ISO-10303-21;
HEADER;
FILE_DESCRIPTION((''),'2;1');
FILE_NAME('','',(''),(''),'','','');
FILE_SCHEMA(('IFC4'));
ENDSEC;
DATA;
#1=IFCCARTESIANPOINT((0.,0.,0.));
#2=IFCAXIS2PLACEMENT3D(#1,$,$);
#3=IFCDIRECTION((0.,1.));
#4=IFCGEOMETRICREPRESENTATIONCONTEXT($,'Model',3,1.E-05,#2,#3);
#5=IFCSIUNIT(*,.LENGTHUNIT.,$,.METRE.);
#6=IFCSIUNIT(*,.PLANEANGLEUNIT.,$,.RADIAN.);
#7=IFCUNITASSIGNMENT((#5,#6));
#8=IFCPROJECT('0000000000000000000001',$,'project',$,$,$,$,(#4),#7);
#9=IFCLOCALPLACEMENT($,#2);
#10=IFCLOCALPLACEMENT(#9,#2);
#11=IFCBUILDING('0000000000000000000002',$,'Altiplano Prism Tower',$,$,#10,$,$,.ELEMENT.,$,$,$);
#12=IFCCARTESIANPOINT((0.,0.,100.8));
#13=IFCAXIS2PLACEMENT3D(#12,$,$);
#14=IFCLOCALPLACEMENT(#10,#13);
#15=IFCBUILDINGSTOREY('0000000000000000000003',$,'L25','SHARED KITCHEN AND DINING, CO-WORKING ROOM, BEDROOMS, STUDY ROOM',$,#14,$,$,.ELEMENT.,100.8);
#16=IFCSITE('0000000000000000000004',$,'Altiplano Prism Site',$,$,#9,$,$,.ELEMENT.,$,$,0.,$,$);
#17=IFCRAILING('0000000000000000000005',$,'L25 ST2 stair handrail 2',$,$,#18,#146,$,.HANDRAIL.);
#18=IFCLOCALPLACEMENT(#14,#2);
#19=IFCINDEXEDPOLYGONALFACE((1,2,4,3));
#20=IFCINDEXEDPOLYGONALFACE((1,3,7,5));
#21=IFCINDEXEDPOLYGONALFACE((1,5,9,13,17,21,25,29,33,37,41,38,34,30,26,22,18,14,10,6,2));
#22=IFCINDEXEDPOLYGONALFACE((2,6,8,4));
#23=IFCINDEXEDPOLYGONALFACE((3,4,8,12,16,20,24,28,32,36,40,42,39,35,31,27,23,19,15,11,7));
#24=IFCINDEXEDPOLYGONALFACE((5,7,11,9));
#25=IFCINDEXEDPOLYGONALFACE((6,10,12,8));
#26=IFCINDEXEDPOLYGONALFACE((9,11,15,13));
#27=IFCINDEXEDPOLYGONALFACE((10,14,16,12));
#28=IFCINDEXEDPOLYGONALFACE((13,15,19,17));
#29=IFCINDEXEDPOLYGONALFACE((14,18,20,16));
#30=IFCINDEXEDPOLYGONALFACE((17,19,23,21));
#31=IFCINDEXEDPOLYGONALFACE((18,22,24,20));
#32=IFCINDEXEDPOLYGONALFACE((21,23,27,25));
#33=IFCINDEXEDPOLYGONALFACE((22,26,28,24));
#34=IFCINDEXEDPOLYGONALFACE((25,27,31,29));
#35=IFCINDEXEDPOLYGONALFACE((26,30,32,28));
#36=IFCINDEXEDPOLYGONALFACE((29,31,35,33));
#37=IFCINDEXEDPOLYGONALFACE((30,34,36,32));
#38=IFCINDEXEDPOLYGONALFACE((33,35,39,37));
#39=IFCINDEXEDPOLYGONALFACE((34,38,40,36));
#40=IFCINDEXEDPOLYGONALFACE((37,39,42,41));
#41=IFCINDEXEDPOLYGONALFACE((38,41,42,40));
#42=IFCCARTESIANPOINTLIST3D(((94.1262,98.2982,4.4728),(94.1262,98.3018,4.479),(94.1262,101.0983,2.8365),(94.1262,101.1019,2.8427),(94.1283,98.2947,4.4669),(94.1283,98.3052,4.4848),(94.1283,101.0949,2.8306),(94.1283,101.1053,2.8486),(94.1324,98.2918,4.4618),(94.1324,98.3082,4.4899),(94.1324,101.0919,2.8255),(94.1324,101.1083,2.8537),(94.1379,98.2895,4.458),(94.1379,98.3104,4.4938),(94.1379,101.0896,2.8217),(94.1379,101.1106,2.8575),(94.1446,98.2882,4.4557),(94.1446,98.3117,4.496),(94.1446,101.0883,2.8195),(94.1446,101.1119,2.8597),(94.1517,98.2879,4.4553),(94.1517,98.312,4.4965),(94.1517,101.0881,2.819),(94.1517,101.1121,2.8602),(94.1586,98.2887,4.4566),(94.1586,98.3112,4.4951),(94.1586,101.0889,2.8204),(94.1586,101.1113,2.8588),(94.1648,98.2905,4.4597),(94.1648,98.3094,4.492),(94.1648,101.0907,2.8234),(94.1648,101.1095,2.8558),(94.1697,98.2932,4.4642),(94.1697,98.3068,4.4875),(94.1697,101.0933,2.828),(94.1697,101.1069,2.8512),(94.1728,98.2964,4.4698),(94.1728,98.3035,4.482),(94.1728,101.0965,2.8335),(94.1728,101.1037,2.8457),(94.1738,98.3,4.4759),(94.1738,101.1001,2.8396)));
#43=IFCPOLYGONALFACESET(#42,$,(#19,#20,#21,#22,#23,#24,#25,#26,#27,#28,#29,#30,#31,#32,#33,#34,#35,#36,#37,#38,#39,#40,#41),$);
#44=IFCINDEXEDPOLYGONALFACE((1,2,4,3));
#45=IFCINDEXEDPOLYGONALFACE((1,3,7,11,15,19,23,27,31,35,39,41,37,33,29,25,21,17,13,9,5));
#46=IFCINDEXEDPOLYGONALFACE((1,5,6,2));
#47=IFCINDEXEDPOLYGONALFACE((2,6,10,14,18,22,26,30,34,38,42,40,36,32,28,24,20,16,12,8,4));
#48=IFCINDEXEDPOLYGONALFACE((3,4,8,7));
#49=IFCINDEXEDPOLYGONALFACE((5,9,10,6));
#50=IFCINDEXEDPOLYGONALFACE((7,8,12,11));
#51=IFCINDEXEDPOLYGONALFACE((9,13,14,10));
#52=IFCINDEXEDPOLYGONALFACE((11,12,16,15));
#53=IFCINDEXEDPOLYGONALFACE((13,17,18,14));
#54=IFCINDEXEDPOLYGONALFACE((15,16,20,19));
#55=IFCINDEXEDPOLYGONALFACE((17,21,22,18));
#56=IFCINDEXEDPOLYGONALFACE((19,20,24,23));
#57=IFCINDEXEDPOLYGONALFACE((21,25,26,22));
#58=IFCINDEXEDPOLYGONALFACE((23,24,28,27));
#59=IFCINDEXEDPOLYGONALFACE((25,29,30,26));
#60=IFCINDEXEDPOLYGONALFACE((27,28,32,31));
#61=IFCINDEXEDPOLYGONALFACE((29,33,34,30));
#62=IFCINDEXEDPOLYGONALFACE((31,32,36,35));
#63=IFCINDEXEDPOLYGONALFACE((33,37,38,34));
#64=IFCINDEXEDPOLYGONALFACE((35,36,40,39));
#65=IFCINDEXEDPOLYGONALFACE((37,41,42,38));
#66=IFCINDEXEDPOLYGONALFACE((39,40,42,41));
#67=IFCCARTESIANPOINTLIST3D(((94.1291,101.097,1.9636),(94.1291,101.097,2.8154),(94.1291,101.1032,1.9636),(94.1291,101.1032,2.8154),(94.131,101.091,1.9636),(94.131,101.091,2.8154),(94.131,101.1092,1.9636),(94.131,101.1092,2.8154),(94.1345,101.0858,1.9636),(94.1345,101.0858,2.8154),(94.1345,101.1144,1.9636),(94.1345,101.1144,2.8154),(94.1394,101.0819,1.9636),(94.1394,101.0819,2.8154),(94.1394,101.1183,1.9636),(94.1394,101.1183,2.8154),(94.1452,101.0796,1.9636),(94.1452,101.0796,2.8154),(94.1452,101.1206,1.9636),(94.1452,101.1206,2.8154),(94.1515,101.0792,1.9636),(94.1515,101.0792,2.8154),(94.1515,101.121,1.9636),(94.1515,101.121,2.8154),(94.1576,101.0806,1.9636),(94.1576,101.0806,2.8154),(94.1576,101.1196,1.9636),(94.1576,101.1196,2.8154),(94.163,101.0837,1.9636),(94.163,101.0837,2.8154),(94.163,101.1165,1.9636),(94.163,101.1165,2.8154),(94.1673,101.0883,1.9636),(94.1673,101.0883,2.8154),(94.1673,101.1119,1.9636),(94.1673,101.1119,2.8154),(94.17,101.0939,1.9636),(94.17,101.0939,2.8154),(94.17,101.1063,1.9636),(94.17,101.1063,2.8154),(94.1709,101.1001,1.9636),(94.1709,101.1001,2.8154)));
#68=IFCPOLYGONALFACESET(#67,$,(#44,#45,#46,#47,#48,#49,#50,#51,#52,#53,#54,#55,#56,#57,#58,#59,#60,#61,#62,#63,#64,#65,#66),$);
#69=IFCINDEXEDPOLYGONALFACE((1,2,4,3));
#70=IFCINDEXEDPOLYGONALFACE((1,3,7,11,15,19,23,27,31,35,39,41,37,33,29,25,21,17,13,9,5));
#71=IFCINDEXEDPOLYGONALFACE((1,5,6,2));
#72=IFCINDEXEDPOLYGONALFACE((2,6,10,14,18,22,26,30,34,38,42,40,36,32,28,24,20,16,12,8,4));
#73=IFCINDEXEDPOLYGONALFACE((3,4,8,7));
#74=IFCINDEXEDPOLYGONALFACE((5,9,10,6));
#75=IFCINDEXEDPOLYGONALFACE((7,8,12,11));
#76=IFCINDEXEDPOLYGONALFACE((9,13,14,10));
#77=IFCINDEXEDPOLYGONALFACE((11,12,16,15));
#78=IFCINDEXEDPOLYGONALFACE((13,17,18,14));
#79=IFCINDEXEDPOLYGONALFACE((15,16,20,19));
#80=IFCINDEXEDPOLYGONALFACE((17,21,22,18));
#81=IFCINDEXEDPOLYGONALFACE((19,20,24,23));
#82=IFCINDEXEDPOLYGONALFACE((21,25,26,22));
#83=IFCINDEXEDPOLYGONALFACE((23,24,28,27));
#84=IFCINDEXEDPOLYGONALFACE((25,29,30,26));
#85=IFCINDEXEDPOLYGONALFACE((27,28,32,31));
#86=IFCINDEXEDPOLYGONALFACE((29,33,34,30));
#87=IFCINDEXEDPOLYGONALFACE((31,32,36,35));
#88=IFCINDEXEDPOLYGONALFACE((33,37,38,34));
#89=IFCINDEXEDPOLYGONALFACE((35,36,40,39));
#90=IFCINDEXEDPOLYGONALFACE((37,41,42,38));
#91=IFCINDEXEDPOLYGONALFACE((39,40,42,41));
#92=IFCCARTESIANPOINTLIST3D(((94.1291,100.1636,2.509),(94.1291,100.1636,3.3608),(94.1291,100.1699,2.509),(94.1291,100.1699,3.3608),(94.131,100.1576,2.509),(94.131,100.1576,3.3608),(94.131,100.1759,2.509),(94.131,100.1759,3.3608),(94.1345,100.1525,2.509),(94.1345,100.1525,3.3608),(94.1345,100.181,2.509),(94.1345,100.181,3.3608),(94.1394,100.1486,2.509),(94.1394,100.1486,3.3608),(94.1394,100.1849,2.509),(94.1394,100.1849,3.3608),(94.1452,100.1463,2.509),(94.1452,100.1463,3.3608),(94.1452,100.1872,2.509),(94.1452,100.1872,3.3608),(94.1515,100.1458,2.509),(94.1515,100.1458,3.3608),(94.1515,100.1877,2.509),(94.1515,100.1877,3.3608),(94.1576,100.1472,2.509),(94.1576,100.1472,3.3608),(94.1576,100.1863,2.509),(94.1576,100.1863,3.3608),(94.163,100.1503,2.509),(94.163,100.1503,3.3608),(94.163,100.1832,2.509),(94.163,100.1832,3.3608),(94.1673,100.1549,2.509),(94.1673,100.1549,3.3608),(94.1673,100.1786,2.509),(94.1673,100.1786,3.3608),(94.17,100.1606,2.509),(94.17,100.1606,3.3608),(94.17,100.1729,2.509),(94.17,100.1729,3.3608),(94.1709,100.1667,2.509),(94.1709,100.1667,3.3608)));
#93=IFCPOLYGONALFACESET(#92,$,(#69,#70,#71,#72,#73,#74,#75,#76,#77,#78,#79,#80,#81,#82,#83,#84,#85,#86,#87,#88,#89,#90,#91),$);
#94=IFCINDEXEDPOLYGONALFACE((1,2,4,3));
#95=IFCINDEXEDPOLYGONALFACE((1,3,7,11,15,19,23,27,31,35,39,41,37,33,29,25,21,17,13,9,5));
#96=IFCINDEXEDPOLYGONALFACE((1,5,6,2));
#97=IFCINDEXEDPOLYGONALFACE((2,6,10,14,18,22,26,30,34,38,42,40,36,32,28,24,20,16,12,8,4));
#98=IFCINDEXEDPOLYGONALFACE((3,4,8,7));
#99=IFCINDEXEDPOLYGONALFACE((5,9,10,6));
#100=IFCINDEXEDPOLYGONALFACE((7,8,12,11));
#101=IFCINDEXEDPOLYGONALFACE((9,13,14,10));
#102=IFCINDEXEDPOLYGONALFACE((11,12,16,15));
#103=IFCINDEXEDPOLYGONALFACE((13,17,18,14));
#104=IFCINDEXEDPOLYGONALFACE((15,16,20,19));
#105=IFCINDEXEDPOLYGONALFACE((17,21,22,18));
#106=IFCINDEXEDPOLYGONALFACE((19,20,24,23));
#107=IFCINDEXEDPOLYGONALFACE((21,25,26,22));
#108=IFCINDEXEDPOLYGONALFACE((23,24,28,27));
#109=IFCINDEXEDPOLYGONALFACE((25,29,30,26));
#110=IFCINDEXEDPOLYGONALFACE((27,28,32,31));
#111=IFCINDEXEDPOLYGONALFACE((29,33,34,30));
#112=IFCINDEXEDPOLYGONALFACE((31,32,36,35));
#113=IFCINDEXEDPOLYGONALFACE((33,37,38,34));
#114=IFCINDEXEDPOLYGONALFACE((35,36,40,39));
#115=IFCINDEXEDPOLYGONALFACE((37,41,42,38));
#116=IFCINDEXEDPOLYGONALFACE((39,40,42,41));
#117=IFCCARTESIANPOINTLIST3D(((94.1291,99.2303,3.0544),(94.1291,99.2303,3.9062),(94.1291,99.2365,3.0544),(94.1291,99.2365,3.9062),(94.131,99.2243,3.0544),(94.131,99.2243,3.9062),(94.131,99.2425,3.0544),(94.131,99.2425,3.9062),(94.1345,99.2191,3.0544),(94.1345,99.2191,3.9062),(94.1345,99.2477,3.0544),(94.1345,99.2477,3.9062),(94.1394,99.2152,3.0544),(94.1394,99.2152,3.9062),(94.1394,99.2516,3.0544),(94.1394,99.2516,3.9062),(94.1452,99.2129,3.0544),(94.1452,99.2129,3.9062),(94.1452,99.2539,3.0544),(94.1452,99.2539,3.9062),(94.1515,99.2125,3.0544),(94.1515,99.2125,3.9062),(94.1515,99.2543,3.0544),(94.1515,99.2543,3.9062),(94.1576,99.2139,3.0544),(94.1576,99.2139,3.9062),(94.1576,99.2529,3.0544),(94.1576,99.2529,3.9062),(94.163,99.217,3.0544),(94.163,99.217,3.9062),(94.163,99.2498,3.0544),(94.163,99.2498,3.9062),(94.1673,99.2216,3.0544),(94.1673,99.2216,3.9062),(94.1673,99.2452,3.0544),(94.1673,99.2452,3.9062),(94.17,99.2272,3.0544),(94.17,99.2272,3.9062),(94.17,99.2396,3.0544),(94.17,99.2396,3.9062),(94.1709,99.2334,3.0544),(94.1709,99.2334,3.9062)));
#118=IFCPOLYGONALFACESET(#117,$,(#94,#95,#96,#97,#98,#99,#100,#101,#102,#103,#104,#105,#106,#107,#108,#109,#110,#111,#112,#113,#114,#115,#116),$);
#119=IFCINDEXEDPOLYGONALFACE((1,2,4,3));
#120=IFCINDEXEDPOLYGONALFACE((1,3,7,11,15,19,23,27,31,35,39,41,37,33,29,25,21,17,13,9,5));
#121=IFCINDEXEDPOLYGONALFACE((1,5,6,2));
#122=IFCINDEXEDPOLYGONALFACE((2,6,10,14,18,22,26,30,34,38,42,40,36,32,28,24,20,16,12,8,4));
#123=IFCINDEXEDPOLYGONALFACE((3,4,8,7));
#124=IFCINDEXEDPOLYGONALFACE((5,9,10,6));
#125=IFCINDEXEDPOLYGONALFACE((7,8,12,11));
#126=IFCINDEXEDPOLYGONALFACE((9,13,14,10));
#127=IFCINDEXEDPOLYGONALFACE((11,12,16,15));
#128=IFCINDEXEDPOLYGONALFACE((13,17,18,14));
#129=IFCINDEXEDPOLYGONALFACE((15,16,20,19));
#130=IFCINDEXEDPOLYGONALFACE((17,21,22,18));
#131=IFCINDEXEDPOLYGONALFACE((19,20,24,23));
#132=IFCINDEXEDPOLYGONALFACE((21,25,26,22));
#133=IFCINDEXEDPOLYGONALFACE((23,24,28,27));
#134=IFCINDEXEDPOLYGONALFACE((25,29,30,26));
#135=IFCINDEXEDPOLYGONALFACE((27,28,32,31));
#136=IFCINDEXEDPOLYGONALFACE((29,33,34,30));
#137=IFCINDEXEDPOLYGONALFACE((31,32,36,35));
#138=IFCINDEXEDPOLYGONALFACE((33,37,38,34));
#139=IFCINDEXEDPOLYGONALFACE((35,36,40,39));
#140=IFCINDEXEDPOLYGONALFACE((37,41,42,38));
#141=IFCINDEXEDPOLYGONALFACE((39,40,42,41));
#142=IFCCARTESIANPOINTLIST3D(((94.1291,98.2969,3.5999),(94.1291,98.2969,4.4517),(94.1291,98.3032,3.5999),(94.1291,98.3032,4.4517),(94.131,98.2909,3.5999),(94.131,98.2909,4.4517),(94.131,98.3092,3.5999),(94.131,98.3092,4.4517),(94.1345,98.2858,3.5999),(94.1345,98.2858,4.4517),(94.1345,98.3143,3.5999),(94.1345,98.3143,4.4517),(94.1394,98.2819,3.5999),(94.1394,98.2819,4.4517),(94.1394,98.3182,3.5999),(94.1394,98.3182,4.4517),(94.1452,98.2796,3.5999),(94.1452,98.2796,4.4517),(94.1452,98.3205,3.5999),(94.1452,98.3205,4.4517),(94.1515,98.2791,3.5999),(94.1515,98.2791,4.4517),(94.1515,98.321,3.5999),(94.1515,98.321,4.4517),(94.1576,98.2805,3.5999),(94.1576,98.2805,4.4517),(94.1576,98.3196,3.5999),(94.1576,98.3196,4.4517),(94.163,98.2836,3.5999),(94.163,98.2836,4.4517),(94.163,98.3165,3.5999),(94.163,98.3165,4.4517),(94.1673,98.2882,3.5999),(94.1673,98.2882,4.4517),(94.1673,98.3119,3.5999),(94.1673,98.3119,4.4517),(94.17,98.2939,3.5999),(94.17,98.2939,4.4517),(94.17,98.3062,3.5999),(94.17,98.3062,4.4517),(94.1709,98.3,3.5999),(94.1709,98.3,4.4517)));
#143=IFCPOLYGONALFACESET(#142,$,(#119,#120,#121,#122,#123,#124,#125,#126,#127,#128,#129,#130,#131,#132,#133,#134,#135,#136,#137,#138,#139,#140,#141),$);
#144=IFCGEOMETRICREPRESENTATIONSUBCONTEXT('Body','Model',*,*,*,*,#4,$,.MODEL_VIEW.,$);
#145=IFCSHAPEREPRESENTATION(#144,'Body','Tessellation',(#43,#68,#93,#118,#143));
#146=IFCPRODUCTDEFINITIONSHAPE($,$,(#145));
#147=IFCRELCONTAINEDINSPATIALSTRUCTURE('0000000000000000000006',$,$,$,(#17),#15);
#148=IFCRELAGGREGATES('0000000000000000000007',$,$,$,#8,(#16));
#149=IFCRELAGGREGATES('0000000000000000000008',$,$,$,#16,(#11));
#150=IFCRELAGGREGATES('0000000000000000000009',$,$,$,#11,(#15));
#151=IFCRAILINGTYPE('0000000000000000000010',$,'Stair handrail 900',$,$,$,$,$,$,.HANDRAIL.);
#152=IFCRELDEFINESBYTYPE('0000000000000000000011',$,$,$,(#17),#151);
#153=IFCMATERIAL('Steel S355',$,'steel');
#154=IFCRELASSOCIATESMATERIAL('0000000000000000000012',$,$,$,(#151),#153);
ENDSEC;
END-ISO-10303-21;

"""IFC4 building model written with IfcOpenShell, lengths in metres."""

from ifc_helpers import new_model, si_unit, direction, frame, origin, origin_2d, place, context, subcontext, project, spatial, circle, extrude, material, type_object, element, save


model = new_model("IFC4")

# Units and contexts
model_context = context("Model", 3, precision=1e-05, world=origin(), true_north=direction((0.0, 1.0)))
body_context = subcontext(model_context, "Body", "Model", "MODEL_VIEW")
ifc_project = project(units=[si_unit("LENGTHUNIT", "METRE"), si_unit("PLANEANGLEUNIT", "RADIAN")], contexts=[model_context])

# Site, building, storey
site_placement = place(None, origin())
site = spatial("IfcSite", under=ifc_project, at=site_placement, Name="Altiplano Prism Site", CompositionType="ELEMENT", RefElevation=0.0)
building_placement = place(site_placement, origin())
building = spatial("IfcBuilding", under=site, at=building_placement, Name="Altiplano Prism Tower", CompositionType="ELEMENT")
storey_placement = place(building_placement, frame((0.0, 0.0, 100.8)))
storey = spatial("IfcBuildingStorey", under=building, at=storey_placement, Name="L25", Description="SHARED KITCHEN AND DINING, CO-WORKING ROOM, BEDROOMS, STUDY ROOM", CompositionType="ELEMENT", Elevation=100.8)

# Shared definitions
ifc_material_1 = material(Name="Steel S355", Category="steel")

# Railing
railing_type_1 = type_object("IfcRailingType", Name="Stair handrail 900", PredefinedType="HANDRAIL", material=ifc_material_1)
railing_1_placement = place(storey_placement, frame((94.1499, 101.1001, 1.9636)))
element("IfcRailing", 1, at=railing_1_placement, inside=storey, type_object=railing_type_1, Name="L25 ST2 stair handrail 2", PredefinedType="HANDRAIL", context=body_context, shape_type="SweptSolid", body=[
    extrude(circle(Radius=0.0239, at=origin_2d()), frame((0.0, 0.0, 0.876), z_axis=(0.0, -0.863394, 0.504531), x_axis=(1.0, 0.0, 0.0)), (0.0, 0.0, 1.0), 3.2432),
    extrude(circle(Radius=0.021, at=origin_2d()), origin(), (0.0, 0.0, 1.0), 0.8518),
    extrude(circle(Radius=0.021, at=origin_2d()), frame((0.0, -0.9333, 0.5454)), (0.0, 0.0, 1.0), 0.8518),
    extrude(circle(Radius=0.021, at=origin_2d()), frame((0.0, -1.8667, 1.0908)), (0.0, 0.0, 1.0), 0.8518),
    extrude(circle(Radius=0.021, at=origin_2d()), frame((0.0, -2.8, 1.6362)), (0.0, 0.0, 1.0), 0.8518),
])

save(model, "model.ifc")
